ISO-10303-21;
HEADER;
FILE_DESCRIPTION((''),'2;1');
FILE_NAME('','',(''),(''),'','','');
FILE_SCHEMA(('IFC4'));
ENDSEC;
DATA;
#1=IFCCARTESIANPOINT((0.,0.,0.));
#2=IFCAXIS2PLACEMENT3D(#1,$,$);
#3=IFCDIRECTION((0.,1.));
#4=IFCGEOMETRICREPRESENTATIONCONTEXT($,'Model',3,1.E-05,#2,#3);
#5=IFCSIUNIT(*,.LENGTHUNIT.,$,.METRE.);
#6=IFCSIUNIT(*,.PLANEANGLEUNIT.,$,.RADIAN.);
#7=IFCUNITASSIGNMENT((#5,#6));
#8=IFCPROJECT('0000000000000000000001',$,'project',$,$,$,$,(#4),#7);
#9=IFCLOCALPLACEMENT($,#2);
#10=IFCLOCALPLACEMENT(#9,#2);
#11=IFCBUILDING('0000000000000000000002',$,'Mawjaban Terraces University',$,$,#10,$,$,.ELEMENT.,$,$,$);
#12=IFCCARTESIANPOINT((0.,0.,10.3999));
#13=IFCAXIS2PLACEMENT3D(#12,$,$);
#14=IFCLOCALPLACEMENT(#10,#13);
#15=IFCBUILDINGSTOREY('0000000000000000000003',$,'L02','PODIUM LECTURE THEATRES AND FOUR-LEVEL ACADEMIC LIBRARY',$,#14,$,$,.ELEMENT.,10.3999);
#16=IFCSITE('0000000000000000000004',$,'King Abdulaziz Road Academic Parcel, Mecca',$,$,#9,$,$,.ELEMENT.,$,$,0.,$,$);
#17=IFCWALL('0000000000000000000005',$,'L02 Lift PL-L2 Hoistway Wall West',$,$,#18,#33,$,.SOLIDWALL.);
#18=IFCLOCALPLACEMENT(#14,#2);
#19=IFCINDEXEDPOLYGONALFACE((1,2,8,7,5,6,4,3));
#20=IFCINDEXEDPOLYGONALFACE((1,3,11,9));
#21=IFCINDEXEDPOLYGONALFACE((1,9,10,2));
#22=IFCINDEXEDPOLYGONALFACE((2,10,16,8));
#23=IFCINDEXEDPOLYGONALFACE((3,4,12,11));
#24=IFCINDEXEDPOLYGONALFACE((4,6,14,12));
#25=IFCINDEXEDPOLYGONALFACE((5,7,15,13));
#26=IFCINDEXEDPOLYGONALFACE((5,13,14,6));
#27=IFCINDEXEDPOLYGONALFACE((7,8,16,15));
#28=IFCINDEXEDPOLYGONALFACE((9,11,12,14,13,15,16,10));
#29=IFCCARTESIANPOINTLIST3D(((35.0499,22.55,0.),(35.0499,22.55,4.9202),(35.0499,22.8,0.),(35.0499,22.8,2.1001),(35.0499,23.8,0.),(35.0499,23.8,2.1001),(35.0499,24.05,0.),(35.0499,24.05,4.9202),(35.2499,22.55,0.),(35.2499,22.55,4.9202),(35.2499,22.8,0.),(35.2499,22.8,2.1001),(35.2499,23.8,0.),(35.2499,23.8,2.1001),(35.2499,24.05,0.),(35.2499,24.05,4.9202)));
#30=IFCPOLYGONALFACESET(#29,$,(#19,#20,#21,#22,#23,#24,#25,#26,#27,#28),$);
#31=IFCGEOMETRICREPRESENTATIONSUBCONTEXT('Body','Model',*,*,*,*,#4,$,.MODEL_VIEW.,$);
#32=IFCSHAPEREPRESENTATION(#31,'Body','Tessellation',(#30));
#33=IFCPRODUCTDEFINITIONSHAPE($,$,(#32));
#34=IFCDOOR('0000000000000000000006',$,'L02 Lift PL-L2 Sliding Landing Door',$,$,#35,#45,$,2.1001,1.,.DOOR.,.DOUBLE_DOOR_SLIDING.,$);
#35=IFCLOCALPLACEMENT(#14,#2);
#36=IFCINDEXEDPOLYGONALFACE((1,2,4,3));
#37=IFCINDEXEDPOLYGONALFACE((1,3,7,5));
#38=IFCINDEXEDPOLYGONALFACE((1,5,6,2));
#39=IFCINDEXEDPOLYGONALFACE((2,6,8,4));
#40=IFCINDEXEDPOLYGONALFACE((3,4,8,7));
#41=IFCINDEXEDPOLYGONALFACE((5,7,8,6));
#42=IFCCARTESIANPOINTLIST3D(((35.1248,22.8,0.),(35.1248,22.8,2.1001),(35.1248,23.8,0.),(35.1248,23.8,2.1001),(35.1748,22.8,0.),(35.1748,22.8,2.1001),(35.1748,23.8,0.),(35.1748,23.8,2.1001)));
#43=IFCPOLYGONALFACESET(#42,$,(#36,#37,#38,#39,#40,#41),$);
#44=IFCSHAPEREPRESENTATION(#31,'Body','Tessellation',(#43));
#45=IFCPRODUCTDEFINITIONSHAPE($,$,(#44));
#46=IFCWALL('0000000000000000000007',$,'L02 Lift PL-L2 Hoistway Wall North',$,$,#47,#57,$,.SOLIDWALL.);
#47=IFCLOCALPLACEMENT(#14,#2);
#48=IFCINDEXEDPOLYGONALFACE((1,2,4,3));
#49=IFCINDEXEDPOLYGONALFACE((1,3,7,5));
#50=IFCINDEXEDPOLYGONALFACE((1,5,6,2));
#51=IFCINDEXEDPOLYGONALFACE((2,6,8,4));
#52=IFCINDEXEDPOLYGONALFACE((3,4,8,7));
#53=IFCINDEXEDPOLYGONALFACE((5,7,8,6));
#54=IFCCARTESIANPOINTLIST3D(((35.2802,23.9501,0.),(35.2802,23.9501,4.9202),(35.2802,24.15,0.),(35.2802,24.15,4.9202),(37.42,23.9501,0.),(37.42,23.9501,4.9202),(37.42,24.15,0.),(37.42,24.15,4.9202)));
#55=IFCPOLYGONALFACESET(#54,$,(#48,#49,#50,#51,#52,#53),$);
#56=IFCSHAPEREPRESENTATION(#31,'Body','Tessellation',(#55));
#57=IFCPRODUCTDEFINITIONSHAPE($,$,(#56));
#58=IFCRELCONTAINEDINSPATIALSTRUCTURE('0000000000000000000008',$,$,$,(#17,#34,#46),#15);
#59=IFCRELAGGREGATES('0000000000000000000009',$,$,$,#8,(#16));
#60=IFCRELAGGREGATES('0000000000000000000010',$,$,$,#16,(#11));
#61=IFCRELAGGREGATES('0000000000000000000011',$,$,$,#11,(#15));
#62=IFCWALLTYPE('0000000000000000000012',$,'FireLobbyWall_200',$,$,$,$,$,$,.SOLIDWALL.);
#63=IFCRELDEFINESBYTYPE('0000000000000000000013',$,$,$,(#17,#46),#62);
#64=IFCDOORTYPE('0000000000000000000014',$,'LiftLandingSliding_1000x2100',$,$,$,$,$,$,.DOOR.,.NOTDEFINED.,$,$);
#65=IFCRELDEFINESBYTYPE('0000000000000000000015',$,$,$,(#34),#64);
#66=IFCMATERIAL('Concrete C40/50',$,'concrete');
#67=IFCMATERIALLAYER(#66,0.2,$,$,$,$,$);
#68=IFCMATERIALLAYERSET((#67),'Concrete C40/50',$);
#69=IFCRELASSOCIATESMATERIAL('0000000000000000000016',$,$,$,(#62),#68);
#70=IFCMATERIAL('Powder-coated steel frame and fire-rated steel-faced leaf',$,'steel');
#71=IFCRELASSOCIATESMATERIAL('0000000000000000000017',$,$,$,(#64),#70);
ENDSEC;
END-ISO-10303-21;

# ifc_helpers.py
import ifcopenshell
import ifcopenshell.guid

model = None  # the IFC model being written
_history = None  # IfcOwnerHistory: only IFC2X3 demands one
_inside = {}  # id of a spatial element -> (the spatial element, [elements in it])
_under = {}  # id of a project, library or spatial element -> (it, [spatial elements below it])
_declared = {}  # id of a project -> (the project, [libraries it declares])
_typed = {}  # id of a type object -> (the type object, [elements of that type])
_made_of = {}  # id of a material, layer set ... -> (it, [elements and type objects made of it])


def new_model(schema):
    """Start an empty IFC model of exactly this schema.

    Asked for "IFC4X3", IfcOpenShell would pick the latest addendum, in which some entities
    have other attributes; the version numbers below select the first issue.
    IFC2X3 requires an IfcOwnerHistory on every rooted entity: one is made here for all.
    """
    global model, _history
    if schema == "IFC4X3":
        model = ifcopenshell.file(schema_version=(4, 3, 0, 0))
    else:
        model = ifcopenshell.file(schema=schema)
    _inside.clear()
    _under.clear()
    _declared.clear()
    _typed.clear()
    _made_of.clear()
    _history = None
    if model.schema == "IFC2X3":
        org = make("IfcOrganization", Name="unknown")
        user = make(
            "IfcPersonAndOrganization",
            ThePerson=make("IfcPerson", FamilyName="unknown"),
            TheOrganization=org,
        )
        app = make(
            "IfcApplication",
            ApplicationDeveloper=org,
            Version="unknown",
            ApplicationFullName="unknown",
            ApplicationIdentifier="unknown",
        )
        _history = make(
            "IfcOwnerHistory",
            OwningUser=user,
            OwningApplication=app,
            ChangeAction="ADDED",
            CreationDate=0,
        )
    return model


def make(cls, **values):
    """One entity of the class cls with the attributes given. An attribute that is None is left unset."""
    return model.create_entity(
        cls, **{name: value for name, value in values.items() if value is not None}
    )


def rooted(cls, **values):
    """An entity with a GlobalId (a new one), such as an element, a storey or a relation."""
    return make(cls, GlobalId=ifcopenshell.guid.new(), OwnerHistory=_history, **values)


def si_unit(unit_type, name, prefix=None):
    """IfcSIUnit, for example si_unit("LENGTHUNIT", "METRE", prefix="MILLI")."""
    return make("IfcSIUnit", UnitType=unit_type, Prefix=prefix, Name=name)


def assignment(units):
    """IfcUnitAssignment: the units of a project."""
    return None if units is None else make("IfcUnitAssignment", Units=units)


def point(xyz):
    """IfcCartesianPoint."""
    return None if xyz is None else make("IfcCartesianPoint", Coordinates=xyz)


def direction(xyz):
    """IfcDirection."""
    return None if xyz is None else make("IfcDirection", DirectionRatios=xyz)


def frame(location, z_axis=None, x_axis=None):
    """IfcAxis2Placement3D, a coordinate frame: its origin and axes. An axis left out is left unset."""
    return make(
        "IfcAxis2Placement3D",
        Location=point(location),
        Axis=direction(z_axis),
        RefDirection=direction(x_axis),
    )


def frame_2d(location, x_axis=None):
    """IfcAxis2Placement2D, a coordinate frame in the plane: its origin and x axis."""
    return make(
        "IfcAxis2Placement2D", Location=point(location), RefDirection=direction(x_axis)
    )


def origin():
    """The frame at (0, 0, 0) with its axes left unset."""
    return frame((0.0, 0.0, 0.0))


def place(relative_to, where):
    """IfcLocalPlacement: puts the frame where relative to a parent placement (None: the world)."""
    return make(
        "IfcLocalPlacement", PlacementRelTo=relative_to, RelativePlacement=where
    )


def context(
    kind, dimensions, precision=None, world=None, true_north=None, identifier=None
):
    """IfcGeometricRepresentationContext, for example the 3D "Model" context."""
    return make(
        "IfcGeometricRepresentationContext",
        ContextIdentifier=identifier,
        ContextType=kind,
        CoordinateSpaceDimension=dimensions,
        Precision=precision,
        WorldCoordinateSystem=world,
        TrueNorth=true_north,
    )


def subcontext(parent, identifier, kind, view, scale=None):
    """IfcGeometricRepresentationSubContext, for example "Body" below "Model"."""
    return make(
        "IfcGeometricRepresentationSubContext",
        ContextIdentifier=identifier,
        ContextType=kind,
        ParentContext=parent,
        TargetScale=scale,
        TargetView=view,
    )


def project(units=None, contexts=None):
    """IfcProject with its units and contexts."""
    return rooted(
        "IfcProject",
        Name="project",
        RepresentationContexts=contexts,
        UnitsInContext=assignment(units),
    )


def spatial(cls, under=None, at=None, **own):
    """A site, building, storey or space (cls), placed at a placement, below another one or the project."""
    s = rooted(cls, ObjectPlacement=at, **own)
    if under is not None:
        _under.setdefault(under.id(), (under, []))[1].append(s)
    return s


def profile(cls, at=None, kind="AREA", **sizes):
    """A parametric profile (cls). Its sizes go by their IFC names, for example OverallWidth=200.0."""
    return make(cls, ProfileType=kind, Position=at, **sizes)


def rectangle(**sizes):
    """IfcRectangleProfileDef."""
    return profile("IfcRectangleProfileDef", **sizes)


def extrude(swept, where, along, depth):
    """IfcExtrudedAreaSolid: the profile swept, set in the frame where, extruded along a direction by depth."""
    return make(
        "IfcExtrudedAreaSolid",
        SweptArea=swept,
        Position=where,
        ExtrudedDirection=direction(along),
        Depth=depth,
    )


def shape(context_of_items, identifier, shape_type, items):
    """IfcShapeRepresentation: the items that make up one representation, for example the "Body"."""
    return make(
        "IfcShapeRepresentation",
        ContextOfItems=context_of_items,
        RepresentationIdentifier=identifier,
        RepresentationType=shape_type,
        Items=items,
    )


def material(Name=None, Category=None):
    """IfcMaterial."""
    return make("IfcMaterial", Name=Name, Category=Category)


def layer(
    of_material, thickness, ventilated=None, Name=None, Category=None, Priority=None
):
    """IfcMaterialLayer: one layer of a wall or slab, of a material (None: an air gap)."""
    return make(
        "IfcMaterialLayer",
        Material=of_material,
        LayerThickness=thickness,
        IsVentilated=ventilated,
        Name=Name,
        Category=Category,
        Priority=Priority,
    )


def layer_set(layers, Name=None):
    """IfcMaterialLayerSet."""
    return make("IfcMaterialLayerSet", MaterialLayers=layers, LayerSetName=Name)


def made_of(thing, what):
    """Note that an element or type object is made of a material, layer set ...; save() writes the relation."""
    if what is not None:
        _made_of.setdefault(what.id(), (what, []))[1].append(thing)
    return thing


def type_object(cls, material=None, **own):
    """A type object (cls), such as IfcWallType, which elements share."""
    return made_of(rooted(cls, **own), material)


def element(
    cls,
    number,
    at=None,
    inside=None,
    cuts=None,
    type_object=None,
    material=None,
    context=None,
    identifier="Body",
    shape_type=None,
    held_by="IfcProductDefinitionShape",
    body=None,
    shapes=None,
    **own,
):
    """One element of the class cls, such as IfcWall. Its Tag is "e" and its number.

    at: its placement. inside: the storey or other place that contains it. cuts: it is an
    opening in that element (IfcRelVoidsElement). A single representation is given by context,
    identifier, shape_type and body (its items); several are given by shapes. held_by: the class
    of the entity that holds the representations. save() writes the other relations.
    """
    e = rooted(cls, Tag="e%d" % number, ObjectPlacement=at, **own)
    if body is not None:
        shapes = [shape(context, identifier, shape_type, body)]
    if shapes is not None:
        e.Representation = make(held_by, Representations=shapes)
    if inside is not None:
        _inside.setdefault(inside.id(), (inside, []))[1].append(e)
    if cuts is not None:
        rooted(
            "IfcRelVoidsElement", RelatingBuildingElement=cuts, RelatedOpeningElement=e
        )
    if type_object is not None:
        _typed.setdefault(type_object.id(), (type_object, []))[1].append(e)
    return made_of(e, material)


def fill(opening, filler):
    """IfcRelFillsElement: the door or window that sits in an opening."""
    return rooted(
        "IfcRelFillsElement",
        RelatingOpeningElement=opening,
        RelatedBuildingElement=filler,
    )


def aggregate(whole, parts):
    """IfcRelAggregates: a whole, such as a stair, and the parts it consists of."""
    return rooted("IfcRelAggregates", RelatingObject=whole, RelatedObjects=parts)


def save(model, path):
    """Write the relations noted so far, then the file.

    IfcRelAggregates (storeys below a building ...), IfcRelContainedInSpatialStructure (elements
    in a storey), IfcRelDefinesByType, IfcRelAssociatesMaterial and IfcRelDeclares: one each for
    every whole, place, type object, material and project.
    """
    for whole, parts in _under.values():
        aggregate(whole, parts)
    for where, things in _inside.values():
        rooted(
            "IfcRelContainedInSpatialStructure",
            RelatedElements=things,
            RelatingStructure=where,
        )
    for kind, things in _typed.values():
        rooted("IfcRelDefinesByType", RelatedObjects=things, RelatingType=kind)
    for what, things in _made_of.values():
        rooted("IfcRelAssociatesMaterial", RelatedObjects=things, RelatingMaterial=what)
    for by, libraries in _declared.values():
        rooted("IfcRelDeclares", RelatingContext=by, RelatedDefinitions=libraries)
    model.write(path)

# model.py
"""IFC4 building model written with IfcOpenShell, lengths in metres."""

from ifc_helpers import new_model, si_unit, direction, frame, frame_2d, origin, place, context, subcontext, project, spatial, rectangle, extrude, material, layer, layer_set, type_object, element, fill, save


model = new_model("IFC4")

# Units and contexts
model_context = context("Model", 3, precision=1e-05, world=origin(), true_north=direction((0.0, 1.0)))
body_context = subcontext(model_context, "Body", "Model", "MODEL_VIEW")
ifc_project = project(units=[si_unit("LENGTHUNIT", "METRE"), si_unit("PLANEANGLEUNIT", "RADIAN")], contexts=[model_context])

# Site, building, storey
site_placement = place(None, origin())
site = spatial("IfcSite", under=ifc_project, at=site_placement, Name="King Abdulaziz Road Academic Parcel, Mecca", CompositionType="ELEMENT", RefElevation=0.0)
building_placement = place(site_placement, origin())
building = spatial("IfcBuilding", under=site, at=building_placement, Name="Mawjaban Terraces University", CompositionType="ELEMENT")
storey_placement = place(building_placement, frame((0.0, 0.0, 10.3999)))
storey = spatial("IfcBuildingStorey", under=building, at=storey_placement, Name="L02", Description="PODIUM LECTURE THEATRES AND FOUR-LEVEL ACADEMIC LIBRARY", CompositionType="ELEMENT", Elevation=10.3999)

# Shared definitions
ifc_material_1 = material(Name="Concrete C40/50", Category="concrete")
ifc_layer_1 = layer(ifc_material_1, 0.2)
ifc_layer_set_1 = layer_set([ifc_layer_1], Name="Concrete C40/50")
wall_type_1 = type_object("IfcWallType", Name="FireLobbyWall_200", PredefinedType="SOLIDWALL", material=ifc_layer_set_1)

# Shared definitions
ifc_material_2 = material(Name="Powder-coated steel frame and fire-rated steel-faced leaf", Category="steel")
door_type = type_object("IfcDoorType", Name="LiftLandingSliding_1000x2100", OperationType="NOTDEFINED", PredefinedType="DOOR", material=ifc_material_2)

# Wall, opening, door
wall_1_placement = place(storey_placement, frame((35.1499, 24.05, 0.0), z_axis=(0.0, 0.0, 1.0), x_axis=(0.0, -1.0, 0.0)))
wall_1 = element("IfcWall", 1, at=wall_1_placement, inside=storey, type_object=wall_type_1, Name="L02 Lift PL-L2 Hoistway Wall West", PredefinedType="SOLIDWALL", context=body_context, shape_type="SweptSolid", body=[
    extrude(rectangle(XDim=1.5, YDim=0.2, at=frame_2d((0.75, 0.0))), origin(), (0.0, 0.0, 1.0), 4.9202),
])
opening_1_placement = place(wall_1_placement, frame((0.25, 0.0, 0.0)))
opening_1 = element("IfcOpeningElement", 2, at=opening_1_placement, cuts=wall_1, PredefinedType="OPENING", context=body_context, shape_type="SweptSolid", body=[
    extrude(rectangle(XDim=1.0, YDim=2.1001, at=frame_2d((0.5, 1.05))), frame((0.0, 0.1099, 0.0), z_axis=(0.0, -1.0, 0.0), x_axis=(1.0, 0.0, 0.0)), (0.0, 0.0, 1.0), 0.22),
])
door_1_placement = place(opening_1_placement, origin())
door_1 = element("IfcDoor", 3, at=door_1_placement, inside=storey, type_object=door_type, Name="L02 Lift PL-L2 Sliding Landing Door", OperationType="DOUBLE_DOOR_SLIDING", OverallHeight=2.1001, OverallWidth=1.0, PredefinedType="DOOR", context=body_context, shape_type="SweptSolid", body=[
    extrude(rectangle(XDim=1.0, YDim=2.1001, at=frame_2d((0.5, 1.05))), frame((0.0, 0.0249, 0.0), z_axis=(0.0, -1.0, 0.0), x_axis=(1.0, 0.0, 0.0)), (0.0, 0.0, 1.0), 0.05),
])
fill(opening_1, door_1)

# Wall
wall_2_placement = place(storey_placement, frame((37.4199, 24.05, 0.0), z_axis=(0.0, 0.0, 1.0), x_axis=(-1.0, 0.0, 0.0)))
element("IfcWall", 4, at=wall_2_placement, inside=storey, type_object=wall_type_1, Name="L02 Lift PL-L2 Hoistway Wall North", PredefinedType="SOLIDWALL", context=body_context, shape_type="SweptSolid", body=[
    extrude(rectangle(XDim=2.1399, YDim=0.2, at=frame_2d((1.0698, 0.0))), origin(), (0.0, 0.0, 1.0), 4.9202),
])

save(model, "model.ifc")
